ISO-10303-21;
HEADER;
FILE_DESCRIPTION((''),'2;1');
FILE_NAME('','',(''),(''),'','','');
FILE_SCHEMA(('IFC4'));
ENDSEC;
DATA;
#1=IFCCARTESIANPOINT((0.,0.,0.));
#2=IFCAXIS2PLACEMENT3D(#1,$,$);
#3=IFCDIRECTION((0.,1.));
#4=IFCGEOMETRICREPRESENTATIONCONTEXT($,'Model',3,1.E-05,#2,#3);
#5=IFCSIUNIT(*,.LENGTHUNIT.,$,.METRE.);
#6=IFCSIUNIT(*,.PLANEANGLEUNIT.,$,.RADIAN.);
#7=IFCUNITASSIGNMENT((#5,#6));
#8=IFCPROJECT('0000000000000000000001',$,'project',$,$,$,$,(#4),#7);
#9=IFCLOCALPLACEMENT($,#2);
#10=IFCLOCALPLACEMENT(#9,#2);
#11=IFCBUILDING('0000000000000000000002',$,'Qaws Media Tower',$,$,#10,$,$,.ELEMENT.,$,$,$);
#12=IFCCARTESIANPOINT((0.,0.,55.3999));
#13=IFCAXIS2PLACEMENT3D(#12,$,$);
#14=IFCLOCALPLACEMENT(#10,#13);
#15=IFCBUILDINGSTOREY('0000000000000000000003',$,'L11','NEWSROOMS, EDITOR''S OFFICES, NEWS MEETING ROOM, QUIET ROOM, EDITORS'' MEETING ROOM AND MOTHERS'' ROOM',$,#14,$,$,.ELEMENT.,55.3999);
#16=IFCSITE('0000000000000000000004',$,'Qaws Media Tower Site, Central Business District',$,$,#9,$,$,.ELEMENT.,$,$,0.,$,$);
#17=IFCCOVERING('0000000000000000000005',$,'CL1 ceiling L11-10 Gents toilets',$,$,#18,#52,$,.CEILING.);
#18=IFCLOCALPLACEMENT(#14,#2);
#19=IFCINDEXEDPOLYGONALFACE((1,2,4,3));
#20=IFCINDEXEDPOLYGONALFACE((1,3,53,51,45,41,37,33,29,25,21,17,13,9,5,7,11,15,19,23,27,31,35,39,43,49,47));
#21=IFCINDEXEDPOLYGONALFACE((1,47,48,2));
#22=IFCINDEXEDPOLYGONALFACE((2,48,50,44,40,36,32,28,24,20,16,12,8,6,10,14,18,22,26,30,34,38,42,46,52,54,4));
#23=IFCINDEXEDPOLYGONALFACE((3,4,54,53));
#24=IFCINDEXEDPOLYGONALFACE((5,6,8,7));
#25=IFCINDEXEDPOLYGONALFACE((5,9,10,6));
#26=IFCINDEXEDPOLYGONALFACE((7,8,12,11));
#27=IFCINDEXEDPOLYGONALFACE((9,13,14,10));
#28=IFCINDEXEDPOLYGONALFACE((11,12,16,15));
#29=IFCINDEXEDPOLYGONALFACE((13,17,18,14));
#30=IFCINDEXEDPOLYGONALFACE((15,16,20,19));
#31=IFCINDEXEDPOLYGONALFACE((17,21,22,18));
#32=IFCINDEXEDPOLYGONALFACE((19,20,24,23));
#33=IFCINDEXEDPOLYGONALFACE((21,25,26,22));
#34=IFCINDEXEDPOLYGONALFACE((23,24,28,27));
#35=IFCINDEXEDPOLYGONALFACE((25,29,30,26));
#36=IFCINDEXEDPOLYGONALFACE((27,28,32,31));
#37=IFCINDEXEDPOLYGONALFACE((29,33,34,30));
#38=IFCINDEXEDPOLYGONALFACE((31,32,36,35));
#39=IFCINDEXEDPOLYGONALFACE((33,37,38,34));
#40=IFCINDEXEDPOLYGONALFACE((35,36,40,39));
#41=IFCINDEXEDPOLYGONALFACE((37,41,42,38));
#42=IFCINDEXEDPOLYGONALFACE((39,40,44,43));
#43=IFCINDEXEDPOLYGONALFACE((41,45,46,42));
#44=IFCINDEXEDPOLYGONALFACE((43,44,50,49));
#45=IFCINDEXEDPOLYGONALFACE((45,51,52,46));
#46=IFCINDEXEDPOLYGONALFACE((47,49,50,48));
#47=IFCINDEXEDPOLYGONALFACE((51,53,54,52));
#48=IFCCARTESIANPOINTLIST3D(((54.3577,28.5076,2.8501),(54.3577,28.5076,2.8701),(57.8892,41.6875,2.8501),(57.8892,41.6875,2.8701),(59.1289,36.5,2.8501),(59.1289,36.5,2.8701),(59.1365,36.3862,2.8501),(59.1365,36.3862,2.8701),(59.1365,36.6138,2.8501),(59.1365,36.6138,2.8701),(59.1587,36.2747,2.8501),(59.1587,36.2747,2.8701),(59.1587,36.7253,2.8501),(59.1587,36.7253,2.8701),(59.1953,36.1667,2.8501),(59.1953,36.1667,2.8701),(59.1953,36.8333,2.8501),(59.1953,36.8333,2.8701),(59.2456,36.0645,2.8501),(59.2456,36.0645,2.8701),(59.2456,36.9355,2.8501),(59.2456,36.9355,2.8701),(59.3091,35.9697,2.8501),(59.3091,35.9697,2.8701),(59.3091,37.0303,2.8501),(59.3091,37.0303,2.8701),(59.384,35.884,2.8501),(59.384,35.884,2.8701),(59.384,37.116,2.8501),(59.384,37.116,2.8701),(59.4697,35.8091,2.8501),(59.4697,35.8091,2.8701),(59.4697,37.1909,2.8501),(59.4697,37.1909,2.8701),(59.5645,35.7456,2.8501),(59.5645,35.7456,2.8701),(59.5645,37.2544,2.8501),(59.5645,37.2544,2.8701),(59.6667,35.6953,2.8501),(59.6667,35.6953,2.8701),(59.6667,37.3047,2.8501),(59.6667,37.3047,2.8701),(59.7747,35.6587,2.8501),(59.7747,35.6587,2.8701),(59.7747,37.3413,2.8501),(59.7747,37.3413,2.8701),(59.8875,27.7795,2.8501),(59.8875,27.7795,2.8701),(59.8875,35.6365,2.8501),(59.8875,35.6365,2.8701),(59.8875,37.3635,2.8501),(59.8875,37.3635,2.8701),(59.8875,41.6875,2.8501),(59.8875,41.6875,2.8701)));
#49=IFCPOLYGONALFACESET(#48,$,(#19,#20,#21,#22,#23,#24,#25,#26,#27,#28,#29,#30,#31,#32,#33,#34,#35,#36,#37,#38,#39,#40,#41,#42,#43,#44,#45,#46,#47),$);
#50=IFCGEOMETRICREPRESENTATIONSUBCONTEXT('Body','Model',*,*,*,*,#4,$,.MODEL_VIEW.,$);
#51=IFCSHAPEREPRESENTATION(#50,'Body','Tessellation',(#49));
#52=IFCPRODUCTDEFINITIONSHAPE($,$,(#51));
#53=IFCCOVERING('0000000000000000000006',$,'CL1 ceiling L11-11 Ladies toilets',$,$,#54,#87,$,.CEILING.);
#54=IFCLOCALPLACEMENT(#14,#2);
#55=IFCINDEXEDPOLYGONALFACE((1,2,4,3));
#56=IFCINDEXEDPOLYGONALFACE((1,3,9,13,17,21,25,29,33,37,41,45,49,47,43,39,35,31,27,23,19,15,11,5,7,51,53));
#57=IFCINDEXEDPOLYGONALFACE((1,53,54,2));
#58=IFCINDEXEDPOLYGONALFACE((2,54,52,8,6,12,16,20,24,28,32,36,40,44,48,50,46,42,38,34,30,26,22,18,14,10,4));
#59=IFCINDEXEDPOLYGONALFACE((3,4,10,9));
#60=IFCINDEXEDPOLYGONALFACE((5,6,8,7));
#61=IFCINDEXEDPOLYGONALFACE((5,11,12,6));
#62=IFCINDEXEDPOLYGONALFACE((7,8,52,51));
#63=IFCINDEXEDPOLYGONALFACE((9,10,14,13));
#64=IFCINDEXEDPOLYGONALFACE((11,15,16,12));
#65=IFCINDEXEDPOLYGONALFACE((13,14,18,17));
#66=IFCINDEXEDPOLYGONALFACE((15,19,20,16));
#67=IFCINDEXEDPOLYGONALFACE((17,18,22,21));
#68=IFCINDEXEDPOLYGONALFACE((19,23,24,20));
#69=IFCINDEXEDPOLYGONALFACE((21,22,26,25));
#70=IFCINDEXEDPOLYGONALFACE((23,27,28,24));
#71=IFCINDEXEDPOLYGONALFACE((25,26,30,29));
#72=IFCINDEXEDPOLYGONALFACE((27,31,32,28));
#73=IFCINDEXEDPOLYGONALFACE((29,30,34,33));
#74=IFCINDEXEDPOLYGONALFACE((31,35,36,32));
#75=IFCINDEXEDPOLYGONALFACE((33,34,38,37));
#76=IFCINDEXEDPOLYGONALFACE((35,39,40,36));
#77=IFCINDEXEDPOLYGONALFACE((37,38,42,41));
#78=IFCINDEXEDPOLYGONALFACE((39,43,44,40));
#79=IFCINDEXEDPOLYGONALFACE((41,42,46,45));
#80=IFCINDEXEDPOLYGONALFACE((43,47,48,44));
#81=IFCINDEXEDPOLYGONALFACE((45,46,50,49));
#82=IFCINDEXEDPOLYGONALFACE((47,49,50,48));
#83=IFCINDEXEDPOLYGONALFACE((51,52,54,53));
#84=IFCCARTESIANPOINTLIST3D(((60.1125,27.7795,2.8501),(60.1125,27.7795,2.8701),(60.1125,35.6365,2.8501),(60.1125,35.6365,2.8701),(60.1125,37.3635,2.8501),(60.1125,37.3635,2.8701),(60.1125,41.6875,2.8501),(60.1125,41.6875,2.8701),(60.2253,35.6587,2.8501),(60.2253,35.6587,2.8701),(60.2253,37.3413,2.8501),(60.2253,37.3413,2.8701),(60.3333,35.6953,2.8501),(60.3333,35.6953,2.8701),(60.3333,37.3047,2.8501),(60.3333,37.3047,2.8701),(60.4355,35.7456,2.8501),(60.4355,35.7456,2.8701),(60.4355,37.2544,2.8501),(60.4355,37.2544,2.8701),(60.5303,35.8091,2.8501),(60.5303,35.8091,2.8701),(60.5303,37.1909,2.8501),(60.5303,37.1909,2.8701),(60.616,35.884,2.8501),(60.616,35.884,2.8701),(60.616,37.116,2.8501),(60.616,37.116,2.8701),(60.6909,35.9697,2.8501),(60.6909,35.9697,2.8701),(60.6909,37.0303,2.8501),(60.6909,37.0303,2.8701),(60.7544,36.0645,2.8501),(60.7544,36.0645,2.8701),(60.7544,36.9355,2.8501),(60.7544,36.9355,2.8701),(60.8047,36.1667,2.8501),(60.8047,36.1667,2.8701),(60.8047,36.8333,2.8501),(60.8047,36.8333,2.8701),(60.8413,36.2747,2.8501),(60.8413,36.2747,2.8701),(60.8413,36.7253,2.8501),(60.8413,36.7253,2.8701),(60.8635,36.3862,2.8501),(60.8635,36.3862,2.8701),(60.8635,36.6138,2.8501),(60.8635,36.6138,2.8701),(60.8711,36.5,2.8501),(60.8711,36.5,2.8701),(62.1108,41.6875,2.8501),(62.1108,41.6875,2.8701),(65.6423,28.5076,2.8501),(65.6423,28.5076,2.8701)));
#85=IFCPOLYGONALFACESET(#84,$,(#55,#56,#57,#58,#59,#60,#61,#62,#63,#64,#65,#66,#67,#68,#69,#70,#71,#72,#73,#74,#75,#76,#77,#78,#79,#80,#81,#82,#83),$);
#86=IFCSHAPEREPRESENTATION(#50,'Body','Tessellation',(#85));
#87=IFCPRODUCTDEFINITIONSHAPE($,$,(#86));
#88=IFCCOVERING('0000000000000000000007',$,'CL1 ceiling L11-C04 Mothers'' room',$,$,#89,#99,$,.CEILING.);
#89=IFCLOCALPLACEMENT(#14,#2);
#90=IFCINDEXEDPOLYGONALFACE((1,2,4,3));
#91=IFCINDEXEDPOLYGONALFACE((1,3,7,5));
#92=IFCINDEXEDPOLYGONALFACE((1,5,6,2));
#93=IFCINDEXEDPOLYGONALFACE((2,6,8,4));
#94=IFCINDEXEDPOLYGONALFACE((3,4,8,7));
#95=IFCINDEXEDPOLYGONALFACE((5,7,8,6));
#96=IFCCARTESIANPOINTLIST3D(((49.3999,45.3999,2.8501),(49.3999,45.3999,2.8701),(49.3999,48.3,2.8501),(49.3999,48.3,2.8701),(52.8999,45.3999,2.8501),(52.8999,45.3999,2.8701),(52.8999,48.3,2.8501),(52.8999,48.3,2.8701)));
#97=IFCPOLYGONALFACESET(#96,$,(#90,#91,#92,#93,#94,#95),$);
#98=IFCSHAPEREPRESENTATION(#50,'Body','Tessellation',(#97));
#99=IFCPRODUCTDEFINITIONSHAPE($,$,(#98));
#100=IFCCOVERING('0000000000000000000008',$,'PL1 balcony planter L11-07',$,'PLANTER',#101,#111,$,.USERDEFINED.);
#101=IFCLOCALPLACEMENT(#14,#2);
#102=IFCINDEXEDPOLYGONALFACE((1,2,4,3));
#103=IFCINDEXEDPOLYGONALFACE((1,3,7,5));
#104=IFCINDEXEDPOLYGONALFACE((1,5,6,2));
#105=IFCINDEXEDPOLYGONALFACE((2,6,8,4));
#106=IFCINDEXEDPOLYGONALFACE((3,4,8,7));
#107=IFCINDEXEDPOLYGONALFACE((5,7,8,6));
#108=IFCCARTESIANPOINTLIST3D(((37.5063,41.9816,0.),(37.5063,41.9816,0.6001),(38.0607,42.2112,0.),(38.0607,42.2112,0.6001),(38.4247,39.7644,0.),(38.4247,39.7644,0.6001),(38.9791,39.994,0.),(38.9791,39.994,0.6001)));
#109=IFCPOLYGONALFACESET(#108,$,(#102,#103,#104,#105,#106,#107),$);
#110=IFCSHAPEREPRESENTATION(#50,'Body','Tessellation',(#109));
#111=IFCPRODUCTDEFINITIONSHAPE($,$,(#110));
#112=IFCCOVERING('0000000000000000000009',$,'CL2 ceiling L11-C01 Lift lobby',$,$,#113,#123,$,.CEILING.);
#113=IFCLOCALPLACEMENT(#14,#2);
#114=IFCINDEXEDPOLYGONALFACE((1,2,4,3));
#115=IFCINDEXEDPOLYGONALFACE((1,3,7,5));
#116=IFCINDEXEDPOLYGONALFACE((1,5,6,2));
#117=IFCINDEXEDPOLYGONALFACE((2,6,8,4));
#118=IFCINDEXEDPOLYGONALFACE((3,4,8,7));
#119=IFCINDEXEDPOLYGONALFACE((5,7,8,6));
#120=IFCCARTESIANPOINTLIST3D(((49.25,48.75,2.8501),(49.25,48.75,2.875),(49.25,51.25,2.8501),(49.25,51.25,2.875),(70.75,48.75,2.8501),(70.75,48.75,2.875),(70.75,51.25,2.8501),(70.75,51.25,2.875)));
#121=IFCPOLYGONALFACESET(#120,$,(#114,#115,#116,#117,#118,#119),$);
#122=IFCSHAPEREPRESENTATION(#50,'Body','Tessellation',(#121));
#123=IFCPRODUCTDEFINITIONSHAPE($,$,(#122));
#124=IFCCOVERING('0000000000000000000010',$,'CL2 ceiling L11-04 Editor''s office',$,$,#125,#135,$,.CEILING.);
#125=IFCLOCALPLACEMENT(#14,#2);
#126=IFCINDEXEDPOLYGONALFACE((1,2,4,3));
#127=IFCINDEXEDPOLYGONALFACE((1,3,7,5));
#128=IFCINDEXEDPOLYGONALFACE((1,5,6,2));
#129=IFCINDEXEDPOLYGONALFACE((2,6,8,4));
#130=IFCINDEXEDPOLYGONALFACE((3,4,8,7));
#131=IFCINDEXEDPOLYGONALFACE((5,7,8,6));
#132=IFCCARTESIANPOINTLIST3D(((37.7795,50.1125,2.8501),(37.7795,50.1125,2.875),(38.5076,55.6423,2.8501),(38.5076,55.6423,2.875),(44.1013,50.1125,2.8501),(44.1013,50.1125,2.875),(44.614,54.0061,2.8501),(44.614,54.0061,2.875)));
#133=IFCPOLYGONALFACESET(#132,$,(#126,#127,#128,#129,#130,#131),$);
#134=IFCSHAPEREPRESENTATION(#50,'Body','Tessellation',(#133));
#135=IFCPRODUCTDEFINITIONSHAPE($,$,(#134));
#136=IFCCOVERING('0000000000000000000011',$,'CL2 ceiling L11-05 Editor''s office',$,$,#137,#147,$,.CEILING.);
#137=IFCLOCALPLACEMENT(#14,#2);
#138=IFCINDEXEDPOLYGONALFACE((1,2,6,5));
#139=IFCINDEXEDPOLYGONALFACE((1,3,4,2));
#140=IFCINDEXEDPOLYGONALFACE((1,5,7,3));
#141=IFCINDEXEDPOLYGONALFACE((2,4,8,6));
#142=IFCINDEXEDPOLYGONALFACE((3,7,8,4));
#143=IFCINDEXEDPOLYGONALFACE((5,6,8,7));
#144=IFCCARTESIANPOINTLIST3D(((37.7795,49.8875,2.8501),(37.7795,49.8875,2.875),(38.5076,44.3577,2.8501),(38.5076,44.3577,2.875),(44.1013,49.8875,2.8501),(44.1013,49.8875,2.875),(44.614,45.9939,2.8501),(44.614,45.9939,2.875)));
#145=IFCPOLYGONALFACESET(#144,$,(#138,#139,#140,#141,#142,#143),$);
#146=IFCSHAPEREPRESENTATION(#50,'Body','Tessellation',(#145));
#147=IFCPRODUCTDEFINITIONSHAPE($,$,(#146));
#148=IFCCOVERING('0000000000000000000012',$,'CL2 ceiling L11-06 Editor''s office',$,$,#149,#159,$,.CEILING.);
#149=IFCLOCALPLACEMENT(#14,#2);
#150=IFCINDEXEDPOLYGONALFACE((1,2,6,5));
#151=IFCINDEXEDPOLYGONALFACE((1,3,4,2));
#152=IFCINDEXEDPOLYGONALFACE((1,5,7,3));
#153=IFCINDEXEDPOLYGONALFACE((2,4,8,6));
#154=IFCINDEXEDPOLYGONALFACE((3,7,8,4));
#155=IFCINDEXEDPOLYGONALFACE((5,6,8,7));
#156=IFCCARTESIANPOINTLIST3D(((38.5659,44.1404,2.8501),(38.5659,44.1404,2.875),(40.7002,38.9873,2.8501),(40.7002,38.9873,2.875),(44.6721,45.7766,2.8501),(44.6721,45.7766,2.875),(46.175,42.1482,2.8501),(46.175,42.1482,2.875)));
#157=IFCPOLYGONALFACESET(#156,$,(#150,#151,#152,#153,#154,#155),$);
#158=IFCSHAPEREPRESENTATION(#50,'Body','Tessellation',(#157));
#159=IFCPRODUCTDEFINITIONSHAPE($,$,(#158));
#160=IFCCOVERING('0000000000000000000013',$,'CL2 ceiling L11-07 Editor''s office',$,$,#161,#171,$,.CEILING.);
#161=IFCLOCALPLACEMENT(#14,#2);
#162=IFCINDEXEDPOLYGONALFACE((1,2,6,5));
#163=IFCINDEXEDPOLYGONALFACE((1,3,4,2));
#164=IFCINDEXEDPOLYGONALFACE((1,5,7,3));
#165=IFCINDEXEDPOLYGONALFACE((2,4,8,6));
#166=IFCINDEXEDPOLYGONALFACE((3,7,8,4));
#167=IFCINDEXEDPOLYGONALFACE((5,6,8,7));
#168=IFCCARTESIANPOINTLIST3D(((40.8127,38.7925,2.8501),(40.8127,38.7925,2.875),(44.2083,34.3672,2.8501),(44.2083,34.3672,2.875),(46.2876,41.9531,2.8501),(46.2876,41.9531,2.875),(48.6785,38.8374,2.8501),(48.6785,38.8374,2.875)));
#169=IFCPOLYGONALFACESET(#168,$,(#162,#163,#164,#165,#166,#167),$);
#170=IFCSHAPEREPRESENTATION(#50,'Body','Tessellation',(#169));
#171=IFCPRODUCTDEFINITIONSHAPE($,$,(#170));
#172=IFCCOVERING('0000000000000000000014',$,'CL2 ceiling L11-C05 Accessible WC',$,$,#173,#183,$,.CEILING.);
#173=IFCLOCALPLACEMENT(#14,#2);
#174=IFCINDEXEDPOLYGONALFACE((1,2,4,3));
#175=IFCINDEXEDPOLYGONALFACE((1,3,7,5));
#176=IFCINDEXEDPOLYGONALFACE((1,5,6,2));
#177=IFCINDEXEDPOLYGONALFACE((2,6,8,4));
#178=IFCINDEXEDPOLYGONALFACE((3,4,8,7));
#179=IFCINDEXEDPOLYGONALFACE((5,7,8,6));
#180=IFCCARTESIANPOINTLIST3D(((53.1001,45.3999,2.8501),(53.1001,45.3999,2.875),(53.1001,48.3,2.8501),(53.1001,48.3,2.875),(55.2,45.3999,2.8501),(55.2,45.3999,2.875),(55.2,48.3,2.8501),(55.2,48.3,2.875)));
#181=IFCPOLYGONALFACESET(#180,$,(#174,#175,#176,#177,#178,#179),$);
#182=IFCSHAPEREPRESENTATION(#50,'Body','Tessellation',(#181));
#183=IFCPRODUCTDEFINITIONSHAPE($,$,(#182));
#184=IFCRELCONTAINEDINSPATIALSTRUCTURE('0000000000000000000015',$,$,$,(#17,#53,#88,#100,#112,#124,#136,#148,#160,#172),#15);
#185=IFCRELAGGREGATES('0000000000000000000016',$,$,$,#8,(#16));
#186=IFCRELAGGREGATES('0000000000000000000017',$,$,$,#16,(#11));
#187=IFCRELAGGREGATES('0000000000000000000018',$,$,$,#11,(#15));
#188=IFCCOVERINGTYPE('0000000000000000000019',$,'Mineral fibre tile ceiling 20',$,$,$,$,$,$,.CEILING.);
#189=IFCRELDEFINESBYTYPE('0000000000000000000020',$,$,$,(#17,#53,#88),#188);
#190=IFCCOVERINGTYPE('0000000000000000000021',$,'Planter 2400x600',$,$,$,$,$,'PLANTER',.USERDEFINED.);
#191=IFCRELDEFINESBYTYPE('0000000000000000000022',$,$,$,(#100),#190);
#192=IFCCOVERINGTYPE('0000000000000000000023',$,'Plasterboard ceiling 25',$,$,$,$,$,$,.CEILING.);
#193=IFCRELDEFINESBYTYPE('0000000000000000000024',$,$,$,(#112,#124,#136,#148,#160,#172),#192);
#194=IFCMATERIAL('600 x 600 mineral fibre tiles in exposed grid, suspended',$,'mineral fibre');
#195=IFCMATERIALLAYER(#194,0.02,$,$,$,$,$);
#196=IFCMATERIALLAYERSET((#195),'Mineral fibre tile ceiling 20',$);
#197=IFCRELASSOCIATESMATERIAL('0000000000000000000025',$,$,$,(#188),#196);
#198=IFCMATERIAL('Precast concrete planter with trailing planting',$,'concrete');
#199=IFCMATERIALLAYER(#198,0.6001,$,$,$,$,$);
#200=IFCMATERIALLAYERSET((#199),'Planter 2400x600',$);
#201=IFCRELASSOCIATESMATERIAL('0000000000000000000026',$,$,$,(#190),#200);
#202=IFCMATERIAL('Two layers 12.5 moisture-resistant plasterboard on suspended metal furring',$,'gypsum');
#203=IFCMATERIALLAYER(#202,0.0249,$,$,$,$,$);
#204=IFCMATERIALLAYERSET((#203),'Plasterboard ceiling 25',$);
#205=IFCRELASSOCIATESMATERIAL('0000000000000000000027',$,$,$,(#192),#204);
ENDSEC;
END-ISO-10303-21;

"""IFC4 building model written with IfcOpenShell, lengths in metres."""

from ifc_helpers import new_model, si_unit, direction, frame, origin, origin_2d, place, context, subcontext, project, spatial, polyline, rectangle, outline, extrude, material, layer, layer_set, type_object, element, save


model = new_model("IFC4")

# Units and contexts
model_context = context("Model", 3, precision=1e-05, world=origin(), true_north=direction((0.0, 1.0)))
body_context = subcontext(model_context, "Body", "Model", "MODEL_VIEW")
ifc_project = project(units=[si_unit("LENGTHUNIT", "METRE"), si_unit("PLANEANGLEUNIT", "RADIAN")], contexts=[model_context])

# Site, building, storey
site_placement = place(None, origin())
site = spatial("IfcSite", under=ifc_project, at=site_placement, Name="Qaws Media Tower Site, Central Business District", CompositionType="ELEMENT", RefElevation=0.0)
building_placement = place(site_placement, origin())
building = spatial("IfcBuilding", under=site, at=building_placement, Name="Qaws Media Tower", CompositionType="ELEMENT")
storey_placement = place(building_placement, frame((0.0, 0.0, 55.3999)))
storey = spatial("IfcBuildingStorey", under=building, at=storey_placement, Name="L11", Description="NEWSROOMS, EDITOR'S OFFICES, NEWS MEETING ROOM, QUIET ROOM, EDITORS' MEETING ROOM AND MOTHERS' ROOM", CompositionType="ELEMENT", Elevation=55.3999)

# Coverings
ifc_material_1 = material(Name="600 x 600 mineral fibre tiles in exposed grid, suspended", Category="mineral fibre")
ifc_layer_1 = layer(ifc_material_1, 0.02)
ifc_layer_set_1 = layer_set([ifc_layer_1], Name="Mineral fibre tile ceiling 20")
covering_type_1 = type_object("IfcCoveringType", Name="Mineral fibre tile ceiling 20", PredefinedType="CEILING", material=ifc_layer_set_1)
covering_1_placement = place(storey_placement, frame((0.0, 0.0, 2.8501)))
element("IfcCovering", 1, at=covering_1_placement, inside=storey, type_object=covering_type_1, Name="CL1 ceiling L11-10 Gents toilets", PredefinedType="CEILING", context=body_context, shape_type="SweptSolid", body=[
    extrude(outline(polyline([(54.3577, 28.5076), (57.8892, 41.6875), (59.8875, 41.6875), (59.8875, 37.3635), (59.7747, 37.3413), (59.6667, 37.3047), (59.5645, 37.2544), (59.4697, 37.1909), (59.384, 37.116), (59.3091, 37.0303), (59.2456, 36.9355), (59.1953, 36.8333), (59.1587, 36.7253), (59.1365, 36.6138), (59.1289, 36.5), (59.1365, 36.3862), (59.1587, 36.2747), (59.1953, 36.1667), (59.2456, 36.0645), (59.3091, 35.9697), (59.384, 35.884), (59.4697, 35.8091), (59.5645, 35.7456), (59.6667, 35.6953), (59.7747, 35.6587), (59.8875, 35.6365), (59.8875, 27.7795), (54.3577, 28.5076)])), origin(), (0.0, 0.0, 1.0), 0.02),
])
covering_2_placement = place(storey_placement, frame((0.0, 0.0, 2.8501)))
element("IfcCovering", 2, at=covering_2_placement, inside=storey, type_object=covering_type_1, Name="CL1 ceiling L11-11 Ladies toilets", PredefinedType="CEILING", context=body_context, shape_type="SweptSolid", body=[
    extrude(outline(polyline([(60.1125, 27.7795), (60.1125, 35.6365), (60.2253, 35.6587), (60.3333, 35.6953), (60.4355, 35.7456), (60.5303, 35.8091), (60.616, 35.884), (60.6909, 35.9697), (60.7544, 36.0645), (60.8047, 36.1667), (60.8413, 36.2747), (60.8635, 36.3862), (60.8711, 36.5), (60.8635, 36.6138), (60.8413, 36.7253), (60.8047, 36.8333), (60.7544, 36.9355), (60.6909, 37.0303), (60.616, 37.116), (60.5303, 37.1909), (60.4355, 37.2544), (60.3333, 37.3047), (60.2253, 37.3413), (60.1125, 37.3635), (60.1125, 41.6875), (62.1108, 41.6875), (65.6423, 28.5076), (60.1125, 27.7795)])), origin(), (0.0, 0.0, 1.0), 0.02),
])
covering_3_placement = place(storey_placement, frame((0.0, 0.0, 2.8501)))
element("IfcCovering", 3, at=covering_3_placement, inside=storey, type_object=covering_type_1, Name="CL1 ceiling L11-C04 Mothers' room", PredefinedType="CEILING", context=body_context, shape_type="SweptSolid", body=[
    extrude(outline(polyline([(49.3999, 45.3999), (49.3999, 48.3), (52.8999, 48.3), (52.8999, 45.3999), (49.3999, 45.3999)])), origin(), (0.0, 0.0, 1.0), 0.02),
])
ifc_material_2 = material(Name="Precast concrete planter with trailing planting", Category="concrete")
ifc_layer_2 = layer(ifc_material_2, 0.6001)
ifc_layer_set_2 = layer_set([ifc_layer_2], Name="Planter 2400x600")
covering_type_2 = type_object("IfcCoveringType", Name="Planter 2400x600", ElementType="PLANTER", PredefinedType="USERDEFINED", material=ifc_layer_set_2)
covering_4_placement = place(storey_placement, frame((38.2427, 40.9878, 0.0), z_axis=(0.0, 0.0, 1.0), x_axis=(0.382683, -0.92388, 0.0)))
element("IfcCovering", 4, at=covering_4_placement, inside=storey, type_object=covering_type_2, Name="PL1 balcony planter L11-07", ObjectType="PLANTER", PredefinedType="USERDEFINED", context=body_context, shape_type="SweptSolid", body=[
    extrude(rectangle(XDim=2.3999, YDim=0.6001, at=origin_2d()), origin(), (0.0, 0.0, 1.0), 0.6001),
])
ifc_material_3 = material(Name="Two layers 12.5 moisture-resistant plasterboard on suspended metal furring", Category="gypsum")
ifc_layer_3 = layer(ifc_material_3, 0.0249)
ifc_layer_set_3 = layer_set([ifc_layer_3], Name="Plasterboard ceiling 25")
covering_type_3 = type_object("IfcCoveringType", Name="Plasterboard ceiling 25", PredefinedType="CEILING", material=ifc_layer_set_3)
covering_5_placement = place(storey_placement, frame((0.0, 0.0, 2.8501)))
element("IfcCovering", 5, at=covering_5_placement, inside=storey, type_object=covering_type_3, Name="CL2 ceiling L11-C01 Lift lobby", PredefinedType="CEILING", context=body_context, shape_type="SweptSolid", body=[
    extrude(outline(polyline([(49.25, 48.75), (49.25, 51.25), (70.75, 51.25), (70.75, 48.75), (49.25, 48.75)])), origin(), (0.0, 0.0, 1.0), 0.0249),
])
covering_6_placement = place(storey_placement, frame((0.0, 0.0, 2.8501)))
element("IfcCovering", 6, at=covering_6_placement, inside=storey, type_object=covering_type_3, Name="CL2 ceiling L11-04 Editor's office", PredefinedType="CEILING", context=body_context, shape_type="SweptSolid", body=[
    extrude(outline(polyline([(38.5076, 55.6423), (44.614, 54.0061), (44.1013, 50.1125), (37.7795, 50.1125), (38.5076, 55.6423)])), origin(), (0.0, 0.0, 1.0), 0.0249),
])
covering_7_placement = place(storey_placement, frame((0.0, 0.0, 2.8501)))
element("IfcCovering", 7, at=covering_7_placement, inside=storey, type_object=covering_type_3, Name="CL2 ceiling L11-05 Editor's office", PredefinedType="CEILING", context=body_context, shape_type="SweptSolid", body=[
    extrude(outline(polyline([(37.7795, 49.8875), (44.1013, 49.8875), (44.614, 45.9939), (38.5076, 44.3577), (37.7795, 49.8875)])), origin(), (0.0, 0.0, 1.0), 0.0249),
])
covering_8_placement = place(storey_placement, frame((0.0, 0.0, 2.8501)))
element("IfcCovering", 8, at=covering_8_placement, inside=storey, type_object=covering_type_3, Name="CL2 ceiling L11-06 Editor's office", PredefinedType="CEILING", context=body_context, shape_type="SweptSolid", body=[
    extrude(outline(polyline([(38.5659, 44.1404), (44.6721, 45.7766), (46.175, 42.1482), (40.7002, 38.9873), (38.5659, 44.1404)])), origin(), (0.0, 0.0, 1.0), 0.0249),
])
covering_9_placement = place(storey_placement, frame((0.0, 0.0, 2.8501)))
element("IfcCovering", 9, at=covering_9_placement, inside=storey, type_object=covering_type_3, Name="CL2 ceiling L11-07 Editor's office", PredefinedType="CEILING", context=body_context, shape_type="SweptSolid", body=[
    extrude(outline(polyline([(40.8127, 38.7925), (46.2876, 41.9531), (48.6785, 38.8374), (44.2083, 34.3672), (40.8127, 38.7925)])), origin(), (0.0, 0.0, 1.0), 0.0249),
])
covering_10_placement = place(storey_placement, frame((0.0, 0.0, 2.8501)))
element("IfcCovering", 10, at=covering_10_placement, inside=storey, type_object=covering_type_3, Name="CL2 ceiling L11-C05 Accessible WC", PredefinedType="CEILING", context=body_context, shape_type="SweptSolid", body=[
    extrude(outline(polyline([(53.1001, 45.3999), (53.1001, 48.3), (55.2, 48.3), (55.2, 45.3999), (53.1001, 45.3999)])), origin(), (0.0, 0.0, 1.0), 0.0249),
])

save(model, "model.ifc")
